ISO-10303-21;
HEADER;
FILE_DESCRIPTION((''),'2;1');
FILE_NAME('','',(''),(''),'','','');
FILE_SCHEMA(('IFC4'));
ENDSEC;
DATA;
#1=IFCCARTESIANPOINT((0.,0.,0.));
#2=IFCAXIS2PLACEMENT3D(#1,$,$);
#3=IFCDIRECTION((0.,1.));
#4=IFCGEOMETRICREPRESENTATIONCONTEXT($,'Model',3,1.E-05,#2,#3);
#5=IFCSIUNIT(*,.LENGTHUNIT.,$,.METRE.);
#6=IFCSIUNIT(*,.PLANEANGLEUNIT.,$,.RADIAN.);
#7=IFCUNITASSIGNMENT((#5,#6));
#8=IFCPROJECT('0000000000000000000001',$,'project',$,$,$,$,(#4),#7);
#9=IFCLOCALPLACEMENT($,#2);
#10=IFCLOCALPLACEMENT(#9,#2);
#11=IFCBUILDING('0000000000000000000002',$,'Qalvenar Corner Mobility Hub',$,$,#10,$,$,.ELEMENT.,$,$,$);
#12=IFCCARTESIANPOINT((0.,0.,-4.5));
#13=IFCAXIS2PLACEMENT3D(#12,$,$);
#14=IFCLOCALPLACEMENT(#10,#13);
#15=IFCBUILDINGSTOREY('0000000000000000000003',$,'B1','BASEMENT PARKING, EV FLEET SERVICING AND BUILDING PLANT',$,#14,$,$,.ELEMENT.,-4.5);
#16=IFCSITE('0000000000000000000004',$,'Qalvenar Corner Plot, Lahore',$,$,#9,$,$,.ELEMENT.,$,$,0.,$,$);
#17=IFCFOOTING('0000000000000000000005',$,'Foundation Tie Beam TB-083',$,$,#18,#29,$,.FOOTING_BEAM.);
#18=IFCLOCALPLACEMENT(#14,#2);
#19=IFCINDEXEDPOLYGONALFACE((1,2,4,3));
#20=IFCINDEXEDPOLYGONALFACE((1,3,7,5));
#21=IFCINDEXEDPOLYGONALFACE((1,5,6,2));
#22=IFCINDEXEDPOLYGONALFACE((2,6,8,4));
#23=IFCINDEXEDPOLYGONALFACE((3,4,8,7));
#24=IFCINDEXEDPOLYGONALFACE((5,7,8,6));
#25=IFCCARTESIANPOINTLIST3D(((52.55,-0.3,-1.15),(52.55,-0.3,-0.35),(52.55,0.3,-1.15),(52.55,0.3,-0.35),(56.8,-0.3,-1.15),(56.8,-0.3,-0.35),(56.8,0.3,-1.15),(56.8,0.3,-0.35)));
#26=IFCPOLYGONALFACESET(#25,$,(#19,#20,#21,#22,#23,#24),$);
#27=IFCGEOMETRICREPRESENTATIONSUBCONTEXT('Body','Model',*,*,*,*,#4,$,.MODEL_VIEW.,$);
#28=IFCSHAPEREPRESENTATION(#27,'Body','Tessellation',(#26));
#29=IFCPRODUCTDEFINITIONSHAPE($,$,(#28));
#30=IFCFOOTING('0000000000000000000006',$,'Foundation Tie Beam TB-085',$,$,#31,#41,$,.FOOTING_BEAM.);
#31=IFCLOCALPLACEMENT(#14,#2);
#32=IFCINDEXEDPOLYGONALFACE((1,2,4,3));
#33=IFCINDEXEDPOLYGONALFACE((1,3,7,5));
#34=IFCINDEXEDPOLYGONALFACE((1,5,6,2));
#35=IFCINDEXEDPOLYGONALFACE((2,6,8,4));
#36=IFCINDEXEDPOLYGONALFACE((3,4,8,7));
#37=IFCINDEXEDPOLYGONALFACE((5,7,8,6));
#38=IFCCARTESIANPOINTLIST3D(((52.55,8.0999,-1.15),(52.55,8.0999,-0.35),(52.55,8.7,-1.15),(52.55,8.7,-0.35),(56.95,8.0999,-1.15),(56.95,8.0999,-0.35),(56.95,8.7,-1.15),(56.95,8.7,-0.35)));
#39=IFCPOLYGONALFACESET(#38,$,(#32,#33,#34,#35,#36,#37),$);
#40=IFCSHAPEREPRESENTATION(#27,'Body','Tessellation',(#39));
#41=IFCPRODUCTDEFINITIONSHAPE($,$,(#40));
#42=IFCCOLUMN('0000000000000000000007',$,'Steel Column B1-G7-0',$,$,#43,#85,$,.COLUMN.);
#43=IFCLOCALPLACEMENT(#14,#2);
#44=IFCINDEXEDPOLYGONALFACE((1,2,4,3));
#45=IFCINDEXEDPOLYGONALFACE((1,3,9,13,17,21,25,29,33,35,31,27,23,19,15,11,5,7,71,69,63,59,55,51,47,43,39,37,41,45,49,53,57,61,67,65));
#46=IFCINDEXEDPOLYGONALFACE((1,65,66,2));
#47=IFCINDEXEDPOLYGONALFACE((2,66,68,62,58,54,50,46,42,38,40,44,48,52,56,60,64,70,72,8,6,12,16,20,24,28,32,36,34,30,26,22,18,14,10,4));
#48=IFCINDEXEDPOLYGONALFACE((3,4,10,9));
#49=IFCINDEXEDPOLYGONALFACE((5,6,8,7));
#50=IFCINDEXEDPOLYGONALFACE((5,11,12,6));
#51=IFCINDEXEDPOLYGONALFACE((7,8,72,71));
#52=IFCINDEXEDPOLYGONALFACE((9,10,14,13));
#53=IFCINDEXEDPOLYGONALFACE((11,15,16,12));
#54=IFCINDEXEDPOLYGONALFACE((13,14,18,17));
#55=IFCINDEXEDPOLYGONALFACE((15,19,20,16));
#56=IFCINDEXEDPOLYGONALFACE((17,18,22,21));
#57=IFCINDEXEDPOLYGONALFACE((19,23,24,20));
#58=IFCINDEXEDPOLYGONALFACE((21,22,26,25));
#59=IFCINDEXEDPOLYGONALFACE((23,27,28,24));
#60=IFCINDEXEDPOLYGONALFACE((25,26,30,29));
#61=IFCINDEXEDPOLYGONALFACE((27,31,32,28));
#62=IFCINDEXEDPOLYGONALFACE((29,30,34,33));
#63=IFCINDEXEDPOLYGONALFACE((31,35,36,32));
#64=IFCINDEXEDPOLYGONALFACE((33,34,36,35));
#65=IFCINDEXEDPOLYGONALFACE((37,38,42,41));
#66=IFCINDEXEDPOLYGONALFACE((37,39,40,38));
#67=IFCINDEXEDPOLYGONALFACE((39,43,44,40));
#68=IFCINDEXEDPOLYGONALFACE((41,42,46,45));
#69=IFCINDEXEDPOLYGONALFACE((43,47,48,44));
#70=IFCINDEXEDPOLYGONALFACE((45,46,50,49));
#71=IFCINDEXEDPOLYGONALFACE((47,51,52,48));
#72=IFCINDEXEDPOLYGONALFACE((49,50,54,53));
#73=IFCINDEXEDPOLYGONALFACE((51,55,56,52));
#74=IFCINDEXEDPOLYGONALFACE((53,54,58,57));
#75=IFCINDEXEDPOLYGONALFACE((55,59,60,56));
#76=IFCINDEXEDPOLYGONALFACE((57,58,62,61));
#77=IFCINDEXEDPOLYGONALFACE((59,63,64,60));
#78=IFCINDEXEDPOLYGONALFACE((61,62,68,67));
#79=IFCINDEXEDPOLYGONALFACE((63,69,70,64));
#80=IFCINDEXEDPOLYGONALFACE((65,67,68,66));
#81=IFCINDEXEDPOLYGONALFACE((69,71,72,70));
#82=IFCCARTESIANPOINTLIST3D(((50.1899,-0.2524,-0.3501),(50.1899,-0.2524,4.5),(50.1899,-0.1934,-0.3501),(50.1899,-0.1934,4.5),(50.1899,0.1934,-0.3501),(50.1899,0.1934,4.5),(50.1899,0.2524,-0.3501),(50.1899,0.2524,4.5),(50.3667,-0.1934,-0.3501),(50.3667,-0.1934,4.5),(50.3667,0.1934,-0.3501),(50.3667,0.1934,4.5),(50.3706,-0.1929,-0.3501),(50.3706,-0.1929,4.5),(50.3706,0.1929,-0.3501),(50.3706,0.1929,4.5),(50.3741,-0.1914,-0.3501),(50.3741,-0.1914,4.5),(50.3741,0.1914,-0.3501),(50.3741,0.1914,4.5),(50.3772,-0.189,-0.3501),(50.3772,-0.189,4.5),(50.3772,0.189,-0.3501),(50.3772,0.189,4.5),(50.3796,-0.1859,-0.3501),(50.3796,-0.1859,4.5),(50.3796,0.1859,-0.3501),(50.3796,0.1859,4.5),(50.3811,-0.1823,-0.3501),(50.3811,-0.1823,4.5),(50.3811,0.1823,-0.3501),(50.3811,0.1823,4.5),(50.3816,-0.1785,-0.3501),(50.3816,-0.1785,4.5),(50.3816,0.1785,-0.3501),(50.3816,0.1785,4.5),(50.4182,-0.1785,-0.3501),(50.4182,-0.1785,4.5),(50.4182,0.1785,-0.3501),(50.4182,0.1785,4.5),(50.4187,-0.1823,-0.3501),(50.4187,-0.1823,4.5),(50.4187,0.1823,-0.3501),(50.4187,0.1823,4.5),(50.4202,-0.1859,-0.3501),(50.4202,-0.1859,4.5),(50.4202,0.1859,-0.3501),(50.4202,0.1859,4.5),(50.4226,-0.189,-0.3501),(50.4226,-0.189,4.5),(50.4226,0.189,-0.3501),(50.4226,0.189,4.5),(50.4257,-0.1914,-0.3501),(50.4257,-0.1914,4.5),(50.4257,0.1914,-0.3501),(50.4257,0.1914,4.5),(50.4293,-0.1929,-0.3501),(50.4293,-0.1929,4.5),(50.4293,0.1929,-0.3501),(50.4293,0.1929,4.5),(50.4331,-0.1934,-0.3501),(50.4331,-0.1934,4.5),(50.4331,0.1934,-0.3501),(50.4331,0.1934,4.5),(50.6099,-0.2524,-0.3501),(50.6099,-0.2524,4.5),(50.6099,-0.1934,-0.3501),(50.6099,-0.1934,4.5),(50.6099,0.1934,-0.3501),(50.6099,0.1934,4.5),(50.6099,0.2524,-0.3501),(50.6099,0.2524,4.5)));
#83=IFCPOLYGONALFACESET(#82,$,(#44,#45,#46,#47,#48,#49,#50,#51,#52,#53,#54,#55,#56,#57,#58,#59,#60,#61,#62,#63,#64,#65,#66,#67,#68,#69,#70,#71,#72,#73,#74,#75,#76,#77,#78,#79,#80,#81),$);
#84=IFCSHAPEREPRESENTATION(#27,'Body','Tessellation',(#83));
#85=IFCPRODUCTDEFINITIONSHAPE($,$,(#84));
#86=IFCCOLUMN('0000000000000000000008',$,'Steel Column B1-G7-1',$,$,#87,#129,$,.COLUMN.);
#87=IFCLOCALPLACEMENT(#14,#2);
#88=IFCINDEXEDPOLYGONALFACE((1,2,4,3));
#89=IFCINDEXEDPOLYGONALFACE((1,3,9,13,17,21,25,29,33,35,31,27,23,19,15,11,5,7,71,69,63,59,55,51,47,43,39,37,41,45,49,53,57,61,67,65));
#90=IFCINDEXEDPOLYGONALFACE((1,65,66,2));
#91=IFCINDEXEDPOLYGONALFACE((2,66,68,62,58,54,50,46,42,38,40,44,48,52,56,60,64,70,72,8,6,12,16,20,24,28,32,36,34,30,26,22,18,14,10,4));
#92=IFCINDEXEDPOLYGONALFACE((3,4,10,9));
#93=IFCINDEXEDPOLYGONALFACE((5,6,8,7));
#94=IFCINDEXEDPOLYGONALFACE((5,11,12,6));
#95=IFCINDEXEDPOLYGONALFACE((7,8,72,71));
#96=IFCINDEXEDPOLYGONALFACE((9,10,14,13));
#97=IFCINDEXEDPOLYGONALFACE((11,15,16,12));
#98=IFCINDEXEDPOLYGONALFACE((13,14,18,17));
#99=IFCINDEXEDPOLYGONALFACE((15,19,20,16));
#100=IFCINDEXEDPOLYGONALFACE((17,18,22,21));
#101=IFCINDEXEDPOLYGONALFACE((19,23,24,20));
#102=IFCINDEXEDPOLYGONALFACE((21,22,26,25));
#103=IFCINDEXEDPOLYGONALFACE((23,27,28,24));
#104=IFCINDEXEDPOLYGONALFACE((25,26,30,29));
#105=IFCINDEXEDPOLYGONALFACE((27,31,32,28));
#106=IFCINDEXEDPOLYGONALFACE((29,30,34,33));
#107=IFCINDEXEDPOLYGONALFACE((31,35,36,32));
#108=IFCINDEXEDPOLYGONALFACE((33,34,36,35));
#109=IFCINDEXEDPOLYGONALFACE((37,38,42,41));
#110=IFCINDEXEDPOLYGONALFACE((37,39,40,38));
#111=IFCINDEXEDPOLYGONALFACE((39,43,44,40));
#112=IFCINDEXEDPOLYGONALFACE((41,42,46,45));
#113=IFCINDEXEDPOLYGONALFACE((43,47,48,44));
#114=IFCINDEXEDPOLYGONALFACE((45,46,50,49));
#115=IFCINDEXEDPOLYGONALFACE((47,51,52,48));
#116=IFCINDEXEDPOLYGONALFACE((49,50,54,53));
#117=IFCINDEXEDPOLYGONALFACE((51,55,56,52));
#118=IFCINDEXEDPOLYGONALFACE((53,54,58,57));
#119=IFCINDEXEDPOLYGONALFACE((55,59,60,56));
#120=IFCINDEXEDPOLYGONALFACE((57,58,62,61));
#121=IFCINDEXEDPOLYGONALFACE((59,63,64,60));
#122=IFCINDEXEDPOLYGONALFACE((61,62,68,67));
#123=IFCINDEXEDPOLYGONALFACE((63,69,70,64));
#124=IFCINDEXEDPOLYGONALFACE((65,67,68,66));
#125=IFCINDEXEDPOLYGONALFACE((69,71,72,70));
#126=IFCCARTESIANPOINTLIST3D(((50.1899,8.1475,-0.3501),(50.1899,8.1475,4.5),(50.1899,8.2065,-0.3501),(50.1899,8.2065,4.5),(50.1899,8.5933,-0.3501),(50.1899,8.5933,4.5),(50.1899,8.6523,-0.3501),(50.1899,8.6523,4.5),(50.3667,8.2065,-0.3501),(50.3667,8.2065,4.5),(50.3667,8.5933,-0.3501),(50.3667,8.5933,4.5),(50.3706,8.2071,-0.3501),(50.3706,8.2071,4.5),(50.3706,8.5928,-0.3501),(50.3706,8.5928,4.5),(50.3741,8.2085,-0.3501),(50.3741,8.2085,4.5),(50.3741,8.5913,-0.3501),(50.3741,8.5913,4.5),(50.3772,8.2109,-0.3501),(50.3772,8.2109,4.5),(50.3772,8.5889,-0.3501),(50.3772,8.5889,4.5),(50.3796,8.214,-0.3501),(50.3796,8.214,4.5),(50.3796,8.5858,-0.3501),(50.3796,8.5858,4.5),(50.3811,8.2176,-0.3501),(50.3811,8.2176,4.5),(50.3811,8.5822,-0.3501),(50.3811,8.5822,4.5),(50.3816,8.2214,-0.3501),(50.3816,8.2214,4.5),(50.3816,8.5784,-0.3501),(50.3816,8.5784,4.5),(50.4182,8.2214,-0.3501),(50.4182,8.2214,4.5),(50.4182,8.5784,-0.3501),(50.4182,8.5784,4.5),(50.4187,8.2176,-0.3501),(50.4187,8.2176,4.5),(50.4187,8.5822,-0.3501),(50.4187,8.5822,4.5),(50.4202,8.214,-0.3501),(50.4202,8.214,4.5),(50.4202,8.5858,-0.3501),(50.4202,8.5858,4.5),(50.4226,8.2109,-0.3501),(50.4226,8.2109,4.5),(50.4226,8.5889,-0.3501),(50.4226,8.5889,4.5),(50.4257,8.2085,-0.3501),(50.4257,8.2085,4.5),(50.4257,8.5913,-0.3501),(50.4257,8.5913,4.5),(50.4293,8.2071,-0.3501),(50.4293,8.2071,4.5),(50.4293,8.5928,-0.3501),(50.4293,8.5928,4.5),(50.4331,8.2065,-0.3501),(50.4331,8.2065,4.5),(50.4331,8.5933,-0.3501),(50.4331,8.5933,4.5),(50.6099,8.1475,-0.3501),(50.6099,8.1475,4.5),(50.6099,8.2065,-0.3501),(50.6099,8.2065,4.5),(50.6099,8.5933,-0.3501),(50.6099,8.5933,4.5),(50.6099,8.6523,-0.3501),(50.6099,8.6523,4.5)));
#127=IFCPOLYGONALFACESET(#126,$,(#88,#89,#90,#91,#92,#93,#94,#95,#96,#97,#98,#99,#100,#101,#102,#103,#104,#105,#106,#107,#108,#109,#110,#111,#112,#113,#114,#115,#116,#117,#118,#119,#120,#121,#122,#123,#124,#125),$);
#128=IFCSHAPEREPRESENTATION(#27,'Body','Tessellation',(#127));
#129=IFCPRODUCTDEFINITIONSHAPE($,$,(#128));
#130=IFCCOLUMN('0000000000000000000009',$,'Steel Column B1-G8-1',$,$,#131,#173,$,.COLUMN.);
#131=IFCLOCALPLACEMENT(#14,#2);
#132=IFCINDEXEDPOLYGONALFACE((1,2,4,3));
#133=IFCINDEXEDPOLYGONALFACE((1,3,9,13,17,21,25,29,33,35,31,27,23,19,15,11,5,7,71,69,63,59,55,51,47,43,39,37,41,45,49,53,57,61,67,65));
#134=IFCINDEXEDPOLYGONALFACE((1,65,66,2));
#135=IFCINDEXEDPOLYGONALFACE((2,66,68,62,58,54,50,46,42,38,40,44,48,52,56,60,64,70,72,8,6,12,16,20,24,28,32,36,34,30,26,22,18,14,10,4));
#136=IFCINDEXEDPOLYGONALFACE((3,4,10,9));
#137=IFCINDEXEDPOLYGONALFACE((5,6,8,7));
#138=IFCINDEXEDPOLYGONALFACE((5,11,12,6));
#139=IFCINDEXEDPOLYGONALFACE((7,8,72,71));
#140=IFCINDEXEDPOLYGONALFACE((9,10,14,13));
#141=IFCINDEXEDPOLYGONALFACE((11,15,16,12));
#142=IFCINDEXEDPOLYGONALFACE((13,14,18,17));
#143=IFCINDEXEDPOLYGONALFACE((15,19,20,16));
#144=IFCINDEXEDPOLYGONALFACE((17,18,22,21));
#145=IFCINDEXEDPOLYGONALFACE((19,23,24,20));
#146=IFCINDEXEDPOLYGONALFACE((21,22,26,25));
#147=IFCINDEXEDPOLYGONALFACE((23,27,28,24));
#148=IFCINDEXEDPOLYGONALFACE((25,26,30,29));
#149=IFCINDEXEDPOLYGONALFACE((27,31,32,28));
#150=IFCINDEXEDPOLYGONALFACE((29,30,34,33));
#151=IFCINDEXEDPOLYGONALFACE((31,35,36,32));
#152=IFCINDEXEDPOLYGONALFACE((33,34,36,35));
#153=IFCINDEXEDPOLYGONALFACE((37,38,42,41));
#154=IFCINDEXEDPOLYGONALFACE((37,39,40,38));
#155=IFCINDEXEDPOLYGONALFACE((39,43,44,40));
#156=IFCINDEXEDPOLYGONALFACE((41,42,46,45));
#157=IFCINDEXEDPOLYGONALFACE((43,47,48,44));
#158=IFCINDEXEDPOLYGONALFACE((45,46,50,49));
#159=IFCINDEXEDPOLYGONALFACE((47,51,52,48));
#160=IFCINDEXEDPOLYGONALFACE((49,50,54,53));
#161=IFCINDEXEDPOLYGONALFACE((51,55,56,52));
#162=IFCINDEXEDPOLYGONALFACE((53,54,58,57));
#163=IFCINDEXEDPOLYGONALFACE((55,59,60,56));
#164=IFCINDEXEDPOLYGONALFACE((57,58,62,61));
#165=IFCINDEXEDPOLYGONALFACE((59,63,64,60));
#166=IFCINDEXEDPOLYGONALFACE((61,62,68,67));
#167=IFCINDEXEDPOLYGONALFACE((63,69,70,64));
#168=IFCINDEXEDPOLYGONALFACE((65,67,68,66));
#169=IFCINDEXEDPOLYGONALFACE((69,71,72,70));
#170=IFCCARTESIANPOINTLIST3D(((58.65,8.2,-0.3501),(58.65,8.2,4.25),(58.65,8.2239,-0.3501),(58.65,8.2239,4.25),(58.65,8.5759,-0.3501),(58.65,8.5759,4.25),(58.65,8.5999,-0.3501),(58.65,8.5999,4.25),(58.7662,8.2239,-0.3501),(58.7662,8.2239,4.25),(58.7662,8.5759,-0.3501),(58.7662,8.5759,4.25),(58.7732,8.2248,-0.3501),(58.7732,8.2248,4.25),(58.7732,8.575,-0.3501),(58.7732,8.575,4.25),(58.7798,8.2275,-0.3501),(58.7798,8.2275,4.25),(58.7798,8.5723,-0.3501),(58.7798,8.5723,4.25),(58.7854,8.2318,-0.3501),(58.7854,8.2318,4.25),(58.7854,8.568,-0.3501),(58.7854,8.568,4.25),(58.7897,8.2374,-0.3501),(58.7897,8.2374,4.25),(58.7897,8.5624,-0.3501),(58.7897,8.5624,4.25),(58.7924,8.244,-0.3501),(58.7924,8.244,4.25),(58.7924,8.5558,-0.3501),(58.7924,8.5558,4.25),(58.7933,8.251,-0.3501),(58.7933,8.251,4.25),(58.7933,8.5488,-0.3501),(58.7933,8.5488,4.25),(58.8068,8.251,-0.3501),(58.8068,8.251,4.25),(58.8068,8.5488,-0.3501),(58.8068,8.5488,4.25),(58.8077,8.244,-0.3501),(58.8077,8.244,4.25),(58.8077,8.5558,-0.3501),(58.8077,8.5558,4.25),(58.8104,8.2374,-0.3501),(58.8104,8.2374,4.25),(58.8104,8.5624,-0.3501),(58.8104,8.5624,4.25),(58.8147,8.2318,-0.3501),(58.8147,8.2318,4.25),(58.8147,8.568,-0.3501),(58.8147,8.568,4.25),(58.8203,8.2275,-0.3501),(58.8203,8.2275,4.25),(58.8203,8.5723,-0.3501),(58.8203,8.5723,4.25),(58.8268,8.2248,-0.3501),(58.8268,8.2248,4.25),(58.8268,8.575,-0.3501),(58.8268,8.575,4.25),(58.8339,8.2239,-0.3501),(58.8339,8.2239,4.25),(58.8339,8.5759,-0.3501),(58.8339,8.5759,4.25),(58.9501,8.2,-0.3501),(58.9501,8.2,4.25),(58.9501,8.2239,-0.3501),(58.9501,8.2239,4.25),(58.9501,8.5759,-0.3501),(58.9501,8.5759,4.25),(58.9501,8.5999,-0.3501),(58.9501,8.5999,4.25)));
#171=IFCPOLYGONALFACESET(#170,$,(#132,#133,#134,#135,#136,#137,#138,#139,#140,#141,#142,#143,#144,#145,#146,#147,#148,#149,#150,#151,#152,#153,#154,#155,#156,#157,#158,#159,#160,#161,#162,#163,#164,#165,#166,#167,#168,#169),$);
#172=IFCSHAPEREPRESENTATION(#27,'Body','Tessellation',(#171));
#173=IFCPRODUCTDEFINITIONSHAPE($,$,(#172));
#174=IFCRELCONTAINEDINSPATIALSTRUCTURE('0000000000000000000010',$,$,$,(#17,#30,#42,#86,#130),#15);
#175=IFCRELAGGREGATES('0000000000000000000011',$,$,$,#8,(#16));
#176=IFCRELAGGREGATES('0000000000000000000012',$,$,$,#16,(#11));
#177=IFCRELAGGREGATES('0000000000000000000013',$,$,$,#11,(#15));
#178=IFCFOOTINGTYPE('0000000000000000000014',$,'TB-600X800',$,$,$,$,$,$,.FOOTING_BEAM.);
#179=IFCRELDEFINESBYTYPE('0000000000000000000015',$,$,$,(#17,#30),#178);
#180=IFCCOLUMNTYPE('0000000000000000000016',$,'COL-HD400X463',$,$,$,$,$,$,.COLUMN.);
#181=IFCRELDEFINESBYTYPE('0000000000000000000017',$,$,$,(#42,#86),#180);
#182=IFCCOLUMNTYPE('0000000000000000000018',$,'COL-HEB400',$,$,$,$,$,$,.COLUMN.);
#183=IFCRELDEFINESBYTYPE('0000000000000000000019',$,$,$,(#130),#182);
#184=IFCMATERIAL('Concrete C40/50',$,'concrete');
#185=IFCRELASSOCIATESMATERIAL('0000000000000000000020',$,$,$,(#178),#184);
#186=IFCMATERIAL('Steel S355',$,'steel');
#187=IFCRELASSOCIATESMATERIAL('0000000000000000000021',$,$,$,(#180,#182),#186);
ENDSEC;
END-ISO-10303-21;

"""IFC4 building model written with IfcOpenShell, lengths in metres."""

from ifc_helpers import new_model, si_unit, direction, frame, origin, origin_2d, place, context, subcontext, project, spatial, rectangle, i_section, extrude, material, material_profile, profile_set, type_object, element, save


model = new_model("IFC4")

# Units and contexts
model_context = context("Model", 3, precision=1e-05, world=origin(), true_north=direction((0.0, 1.0)))
body_context = subcontext(model_context, "Body", "Model", "MODEL_VIEW")
ifc_project = project(units=[si_unit("LENGTHUNIT", "METRE"), si_unit("PLANEANGLEUNIT", "RADIAN")], contexts=[model_context])

# Site, building, storey
site_placement = place(None, origin())
site = spatial("IfcSite", under=ifc_project, at=site_placement, Name="Qalvenar Corner Plot, Lahore", CompositionType="ELEMENT", RefElevation=0.0)
building_placement = place(site_placement, origin())
building = spatial("IfcBuilding", under=site, at=building_placement, Name="Qalvenar Corner Mobility Hub", CompositionType="ELEMENT")
storey_placement = place(building_placement, frame((0.0, 0.0, -4.5)))
storey = spatial("IfcBuildingStorey", under=building, at=storey_placement, Name="B1", Description="BASEMENT PARKING, EV FLEET SERVICING AND BUILDING PLANT", CompositionType="ELEMENT", Elevation=-4.5)

# Shared definitions
ifc_material_1 = material(Name="Concrete C40/50", Category="concrete")

# Footings
ifc_material_profile_1 = material_profile(ifc_material_1, rectangle(XDim=0.6001, YDim=0.8, at=origin_2d()), Name="RC600x800")
ifc_profile_set_1 = profile_set([ifc_material_profile_1], Name="Concrete C40/50")
footing_type_1 = type_object("IfcFootingType", Name="TB-600X800", PredefinedType="FOOTING_BEAM", material=ifc_profile_set_1)
footing_1_placement = place(storey_placement, frame((52.55, 0.0, -0.75), z_axis=(1.0, 0.0, 0.0), x_axis=(0.0, 1.0, 0.0)))
element("IfcFooting", 1, at=footing_1_placement, inside=storey, type_object=footing_type_1, Name="Foundation Tie Beam TB-083", PredefinedType="FOOTING_BEAM", context=body_context, shape_type="SweptSolid", body=[
    extrude(rectangle(XDim=0.6001, YDim=0.8, at=origin_2d()), origin(), (0.0, 0.0, 1.0), 4.25),
])
footing_2_placement = place(storey_placement, frame((52.55, 8.3999, -0.75), z_axis=(1.0, 0.0, 0.0), x_axis=(0.0, 1.0, 0.0)))
element("IfcFooting", 2, at=footing_2_placement, inside=storey, type_object=footing_type_1, Name="Foundation Tie Beam TB-085", PredefinedType="FOOTING_BEAM", context=body_context, shape_type="SweptSolid", body=[
    extrude(rectangle(XDim=0.6001, YDim=0.8, at=origin_2d()), origin(), (0.0, 0.0, 1.0), 4.3999),
])

# Columns
ifc_material_2 = material(Name="Steel S355", Category="steel")
ifc_material_profile_2 = material_profile(ifc_material_2, i_section(OverallWidth=0.4199, OverallDepth=0.5049, WebThickness=0.0366, FlangeThickness=0.0591, FilletRadius=0.0149, at=origin_2d()), Name="HD400x551")
ifc_profile_set_2 = profile_set([ifc_material_profile_2], Name="Steel S355")
column_type_1 = type_object("IfcColumnType", Name="COL-HD400X463", PredefinedType="COLUMN", material=ifc_profile_set_2)
for number, where, z_axis, x_axis, name in (
    (3, (50.3999, 0.0, -0.3501), (0.0, 0.0, 1.0), (1.0, 0.0, 0.0), "Steel Column B1-G7-0"),
    (4, (50.3999, 8.3999, -0.3501), (0.0, 0.0, 1.0), (1.0, 0.0, 0.0), "Steel Column B1-G7-1"),
):
    element("IfcColumn", number, at=place(storey_placement, frame(where, z_axis=z_axis, x_axis=x_axis)), inside=storey, type_object=column_type_1, Name=name, PredefinedType="COLUMN", context=body_context, shape_type="SweptSolid", body=[
        extrude(i_section(OverallWidth=0.4199, OverallDepth=0.5049, WebThickness=0.0366, FlangeThickness=0.0591, FilletRadius=0.0149, at=origin_2d()), origin(), (0.0, 0.0, 1.0), 4.8501),
    ])
ifc_material_profile_3 = material_profile(ifc_material_2, i_section(OverallWidth=0.3, OverallDepth=0.3999, WebThickness=0.0134, FlangeThickness=0.0239, FilletRadius=0.0271, at=origin_2d()), Name="HEB400")
ifc_profile_set_3 = profile_set([ifc_material_profile_3], Name="Steel S355")
column_type_2 = type_object("IfcColumnType", Name="COL-HEB400", PredefinedType="COLUMN", material=ifc_profile_set_3)
column_1_placement = place(storey_placement, frame((58.8, 8.3999, -0.3501), z_axis=(0.0, 0.0, 1.0), x_axis=(1.0, 0.0, 0.0)))
element("IfcColumn", 5, at=column_1_placement, inside=storey, type_object=column_type_2, Name="Steel Column B1-G8-1", PredefinedType="COLUMN", context=body_context, shape_type="SweptSolid", body=[
    extrude(i_section(OverallWidth=0.3, OverallDepth=0.3999, WebThickness=0.0134, FlangeThickness=0.0239, FilletRadius=0.0271, at=origin_2d()), origin(), (0.0, 0.0, 1.0), 4.6001),
])

save(model, "model.ifc")
